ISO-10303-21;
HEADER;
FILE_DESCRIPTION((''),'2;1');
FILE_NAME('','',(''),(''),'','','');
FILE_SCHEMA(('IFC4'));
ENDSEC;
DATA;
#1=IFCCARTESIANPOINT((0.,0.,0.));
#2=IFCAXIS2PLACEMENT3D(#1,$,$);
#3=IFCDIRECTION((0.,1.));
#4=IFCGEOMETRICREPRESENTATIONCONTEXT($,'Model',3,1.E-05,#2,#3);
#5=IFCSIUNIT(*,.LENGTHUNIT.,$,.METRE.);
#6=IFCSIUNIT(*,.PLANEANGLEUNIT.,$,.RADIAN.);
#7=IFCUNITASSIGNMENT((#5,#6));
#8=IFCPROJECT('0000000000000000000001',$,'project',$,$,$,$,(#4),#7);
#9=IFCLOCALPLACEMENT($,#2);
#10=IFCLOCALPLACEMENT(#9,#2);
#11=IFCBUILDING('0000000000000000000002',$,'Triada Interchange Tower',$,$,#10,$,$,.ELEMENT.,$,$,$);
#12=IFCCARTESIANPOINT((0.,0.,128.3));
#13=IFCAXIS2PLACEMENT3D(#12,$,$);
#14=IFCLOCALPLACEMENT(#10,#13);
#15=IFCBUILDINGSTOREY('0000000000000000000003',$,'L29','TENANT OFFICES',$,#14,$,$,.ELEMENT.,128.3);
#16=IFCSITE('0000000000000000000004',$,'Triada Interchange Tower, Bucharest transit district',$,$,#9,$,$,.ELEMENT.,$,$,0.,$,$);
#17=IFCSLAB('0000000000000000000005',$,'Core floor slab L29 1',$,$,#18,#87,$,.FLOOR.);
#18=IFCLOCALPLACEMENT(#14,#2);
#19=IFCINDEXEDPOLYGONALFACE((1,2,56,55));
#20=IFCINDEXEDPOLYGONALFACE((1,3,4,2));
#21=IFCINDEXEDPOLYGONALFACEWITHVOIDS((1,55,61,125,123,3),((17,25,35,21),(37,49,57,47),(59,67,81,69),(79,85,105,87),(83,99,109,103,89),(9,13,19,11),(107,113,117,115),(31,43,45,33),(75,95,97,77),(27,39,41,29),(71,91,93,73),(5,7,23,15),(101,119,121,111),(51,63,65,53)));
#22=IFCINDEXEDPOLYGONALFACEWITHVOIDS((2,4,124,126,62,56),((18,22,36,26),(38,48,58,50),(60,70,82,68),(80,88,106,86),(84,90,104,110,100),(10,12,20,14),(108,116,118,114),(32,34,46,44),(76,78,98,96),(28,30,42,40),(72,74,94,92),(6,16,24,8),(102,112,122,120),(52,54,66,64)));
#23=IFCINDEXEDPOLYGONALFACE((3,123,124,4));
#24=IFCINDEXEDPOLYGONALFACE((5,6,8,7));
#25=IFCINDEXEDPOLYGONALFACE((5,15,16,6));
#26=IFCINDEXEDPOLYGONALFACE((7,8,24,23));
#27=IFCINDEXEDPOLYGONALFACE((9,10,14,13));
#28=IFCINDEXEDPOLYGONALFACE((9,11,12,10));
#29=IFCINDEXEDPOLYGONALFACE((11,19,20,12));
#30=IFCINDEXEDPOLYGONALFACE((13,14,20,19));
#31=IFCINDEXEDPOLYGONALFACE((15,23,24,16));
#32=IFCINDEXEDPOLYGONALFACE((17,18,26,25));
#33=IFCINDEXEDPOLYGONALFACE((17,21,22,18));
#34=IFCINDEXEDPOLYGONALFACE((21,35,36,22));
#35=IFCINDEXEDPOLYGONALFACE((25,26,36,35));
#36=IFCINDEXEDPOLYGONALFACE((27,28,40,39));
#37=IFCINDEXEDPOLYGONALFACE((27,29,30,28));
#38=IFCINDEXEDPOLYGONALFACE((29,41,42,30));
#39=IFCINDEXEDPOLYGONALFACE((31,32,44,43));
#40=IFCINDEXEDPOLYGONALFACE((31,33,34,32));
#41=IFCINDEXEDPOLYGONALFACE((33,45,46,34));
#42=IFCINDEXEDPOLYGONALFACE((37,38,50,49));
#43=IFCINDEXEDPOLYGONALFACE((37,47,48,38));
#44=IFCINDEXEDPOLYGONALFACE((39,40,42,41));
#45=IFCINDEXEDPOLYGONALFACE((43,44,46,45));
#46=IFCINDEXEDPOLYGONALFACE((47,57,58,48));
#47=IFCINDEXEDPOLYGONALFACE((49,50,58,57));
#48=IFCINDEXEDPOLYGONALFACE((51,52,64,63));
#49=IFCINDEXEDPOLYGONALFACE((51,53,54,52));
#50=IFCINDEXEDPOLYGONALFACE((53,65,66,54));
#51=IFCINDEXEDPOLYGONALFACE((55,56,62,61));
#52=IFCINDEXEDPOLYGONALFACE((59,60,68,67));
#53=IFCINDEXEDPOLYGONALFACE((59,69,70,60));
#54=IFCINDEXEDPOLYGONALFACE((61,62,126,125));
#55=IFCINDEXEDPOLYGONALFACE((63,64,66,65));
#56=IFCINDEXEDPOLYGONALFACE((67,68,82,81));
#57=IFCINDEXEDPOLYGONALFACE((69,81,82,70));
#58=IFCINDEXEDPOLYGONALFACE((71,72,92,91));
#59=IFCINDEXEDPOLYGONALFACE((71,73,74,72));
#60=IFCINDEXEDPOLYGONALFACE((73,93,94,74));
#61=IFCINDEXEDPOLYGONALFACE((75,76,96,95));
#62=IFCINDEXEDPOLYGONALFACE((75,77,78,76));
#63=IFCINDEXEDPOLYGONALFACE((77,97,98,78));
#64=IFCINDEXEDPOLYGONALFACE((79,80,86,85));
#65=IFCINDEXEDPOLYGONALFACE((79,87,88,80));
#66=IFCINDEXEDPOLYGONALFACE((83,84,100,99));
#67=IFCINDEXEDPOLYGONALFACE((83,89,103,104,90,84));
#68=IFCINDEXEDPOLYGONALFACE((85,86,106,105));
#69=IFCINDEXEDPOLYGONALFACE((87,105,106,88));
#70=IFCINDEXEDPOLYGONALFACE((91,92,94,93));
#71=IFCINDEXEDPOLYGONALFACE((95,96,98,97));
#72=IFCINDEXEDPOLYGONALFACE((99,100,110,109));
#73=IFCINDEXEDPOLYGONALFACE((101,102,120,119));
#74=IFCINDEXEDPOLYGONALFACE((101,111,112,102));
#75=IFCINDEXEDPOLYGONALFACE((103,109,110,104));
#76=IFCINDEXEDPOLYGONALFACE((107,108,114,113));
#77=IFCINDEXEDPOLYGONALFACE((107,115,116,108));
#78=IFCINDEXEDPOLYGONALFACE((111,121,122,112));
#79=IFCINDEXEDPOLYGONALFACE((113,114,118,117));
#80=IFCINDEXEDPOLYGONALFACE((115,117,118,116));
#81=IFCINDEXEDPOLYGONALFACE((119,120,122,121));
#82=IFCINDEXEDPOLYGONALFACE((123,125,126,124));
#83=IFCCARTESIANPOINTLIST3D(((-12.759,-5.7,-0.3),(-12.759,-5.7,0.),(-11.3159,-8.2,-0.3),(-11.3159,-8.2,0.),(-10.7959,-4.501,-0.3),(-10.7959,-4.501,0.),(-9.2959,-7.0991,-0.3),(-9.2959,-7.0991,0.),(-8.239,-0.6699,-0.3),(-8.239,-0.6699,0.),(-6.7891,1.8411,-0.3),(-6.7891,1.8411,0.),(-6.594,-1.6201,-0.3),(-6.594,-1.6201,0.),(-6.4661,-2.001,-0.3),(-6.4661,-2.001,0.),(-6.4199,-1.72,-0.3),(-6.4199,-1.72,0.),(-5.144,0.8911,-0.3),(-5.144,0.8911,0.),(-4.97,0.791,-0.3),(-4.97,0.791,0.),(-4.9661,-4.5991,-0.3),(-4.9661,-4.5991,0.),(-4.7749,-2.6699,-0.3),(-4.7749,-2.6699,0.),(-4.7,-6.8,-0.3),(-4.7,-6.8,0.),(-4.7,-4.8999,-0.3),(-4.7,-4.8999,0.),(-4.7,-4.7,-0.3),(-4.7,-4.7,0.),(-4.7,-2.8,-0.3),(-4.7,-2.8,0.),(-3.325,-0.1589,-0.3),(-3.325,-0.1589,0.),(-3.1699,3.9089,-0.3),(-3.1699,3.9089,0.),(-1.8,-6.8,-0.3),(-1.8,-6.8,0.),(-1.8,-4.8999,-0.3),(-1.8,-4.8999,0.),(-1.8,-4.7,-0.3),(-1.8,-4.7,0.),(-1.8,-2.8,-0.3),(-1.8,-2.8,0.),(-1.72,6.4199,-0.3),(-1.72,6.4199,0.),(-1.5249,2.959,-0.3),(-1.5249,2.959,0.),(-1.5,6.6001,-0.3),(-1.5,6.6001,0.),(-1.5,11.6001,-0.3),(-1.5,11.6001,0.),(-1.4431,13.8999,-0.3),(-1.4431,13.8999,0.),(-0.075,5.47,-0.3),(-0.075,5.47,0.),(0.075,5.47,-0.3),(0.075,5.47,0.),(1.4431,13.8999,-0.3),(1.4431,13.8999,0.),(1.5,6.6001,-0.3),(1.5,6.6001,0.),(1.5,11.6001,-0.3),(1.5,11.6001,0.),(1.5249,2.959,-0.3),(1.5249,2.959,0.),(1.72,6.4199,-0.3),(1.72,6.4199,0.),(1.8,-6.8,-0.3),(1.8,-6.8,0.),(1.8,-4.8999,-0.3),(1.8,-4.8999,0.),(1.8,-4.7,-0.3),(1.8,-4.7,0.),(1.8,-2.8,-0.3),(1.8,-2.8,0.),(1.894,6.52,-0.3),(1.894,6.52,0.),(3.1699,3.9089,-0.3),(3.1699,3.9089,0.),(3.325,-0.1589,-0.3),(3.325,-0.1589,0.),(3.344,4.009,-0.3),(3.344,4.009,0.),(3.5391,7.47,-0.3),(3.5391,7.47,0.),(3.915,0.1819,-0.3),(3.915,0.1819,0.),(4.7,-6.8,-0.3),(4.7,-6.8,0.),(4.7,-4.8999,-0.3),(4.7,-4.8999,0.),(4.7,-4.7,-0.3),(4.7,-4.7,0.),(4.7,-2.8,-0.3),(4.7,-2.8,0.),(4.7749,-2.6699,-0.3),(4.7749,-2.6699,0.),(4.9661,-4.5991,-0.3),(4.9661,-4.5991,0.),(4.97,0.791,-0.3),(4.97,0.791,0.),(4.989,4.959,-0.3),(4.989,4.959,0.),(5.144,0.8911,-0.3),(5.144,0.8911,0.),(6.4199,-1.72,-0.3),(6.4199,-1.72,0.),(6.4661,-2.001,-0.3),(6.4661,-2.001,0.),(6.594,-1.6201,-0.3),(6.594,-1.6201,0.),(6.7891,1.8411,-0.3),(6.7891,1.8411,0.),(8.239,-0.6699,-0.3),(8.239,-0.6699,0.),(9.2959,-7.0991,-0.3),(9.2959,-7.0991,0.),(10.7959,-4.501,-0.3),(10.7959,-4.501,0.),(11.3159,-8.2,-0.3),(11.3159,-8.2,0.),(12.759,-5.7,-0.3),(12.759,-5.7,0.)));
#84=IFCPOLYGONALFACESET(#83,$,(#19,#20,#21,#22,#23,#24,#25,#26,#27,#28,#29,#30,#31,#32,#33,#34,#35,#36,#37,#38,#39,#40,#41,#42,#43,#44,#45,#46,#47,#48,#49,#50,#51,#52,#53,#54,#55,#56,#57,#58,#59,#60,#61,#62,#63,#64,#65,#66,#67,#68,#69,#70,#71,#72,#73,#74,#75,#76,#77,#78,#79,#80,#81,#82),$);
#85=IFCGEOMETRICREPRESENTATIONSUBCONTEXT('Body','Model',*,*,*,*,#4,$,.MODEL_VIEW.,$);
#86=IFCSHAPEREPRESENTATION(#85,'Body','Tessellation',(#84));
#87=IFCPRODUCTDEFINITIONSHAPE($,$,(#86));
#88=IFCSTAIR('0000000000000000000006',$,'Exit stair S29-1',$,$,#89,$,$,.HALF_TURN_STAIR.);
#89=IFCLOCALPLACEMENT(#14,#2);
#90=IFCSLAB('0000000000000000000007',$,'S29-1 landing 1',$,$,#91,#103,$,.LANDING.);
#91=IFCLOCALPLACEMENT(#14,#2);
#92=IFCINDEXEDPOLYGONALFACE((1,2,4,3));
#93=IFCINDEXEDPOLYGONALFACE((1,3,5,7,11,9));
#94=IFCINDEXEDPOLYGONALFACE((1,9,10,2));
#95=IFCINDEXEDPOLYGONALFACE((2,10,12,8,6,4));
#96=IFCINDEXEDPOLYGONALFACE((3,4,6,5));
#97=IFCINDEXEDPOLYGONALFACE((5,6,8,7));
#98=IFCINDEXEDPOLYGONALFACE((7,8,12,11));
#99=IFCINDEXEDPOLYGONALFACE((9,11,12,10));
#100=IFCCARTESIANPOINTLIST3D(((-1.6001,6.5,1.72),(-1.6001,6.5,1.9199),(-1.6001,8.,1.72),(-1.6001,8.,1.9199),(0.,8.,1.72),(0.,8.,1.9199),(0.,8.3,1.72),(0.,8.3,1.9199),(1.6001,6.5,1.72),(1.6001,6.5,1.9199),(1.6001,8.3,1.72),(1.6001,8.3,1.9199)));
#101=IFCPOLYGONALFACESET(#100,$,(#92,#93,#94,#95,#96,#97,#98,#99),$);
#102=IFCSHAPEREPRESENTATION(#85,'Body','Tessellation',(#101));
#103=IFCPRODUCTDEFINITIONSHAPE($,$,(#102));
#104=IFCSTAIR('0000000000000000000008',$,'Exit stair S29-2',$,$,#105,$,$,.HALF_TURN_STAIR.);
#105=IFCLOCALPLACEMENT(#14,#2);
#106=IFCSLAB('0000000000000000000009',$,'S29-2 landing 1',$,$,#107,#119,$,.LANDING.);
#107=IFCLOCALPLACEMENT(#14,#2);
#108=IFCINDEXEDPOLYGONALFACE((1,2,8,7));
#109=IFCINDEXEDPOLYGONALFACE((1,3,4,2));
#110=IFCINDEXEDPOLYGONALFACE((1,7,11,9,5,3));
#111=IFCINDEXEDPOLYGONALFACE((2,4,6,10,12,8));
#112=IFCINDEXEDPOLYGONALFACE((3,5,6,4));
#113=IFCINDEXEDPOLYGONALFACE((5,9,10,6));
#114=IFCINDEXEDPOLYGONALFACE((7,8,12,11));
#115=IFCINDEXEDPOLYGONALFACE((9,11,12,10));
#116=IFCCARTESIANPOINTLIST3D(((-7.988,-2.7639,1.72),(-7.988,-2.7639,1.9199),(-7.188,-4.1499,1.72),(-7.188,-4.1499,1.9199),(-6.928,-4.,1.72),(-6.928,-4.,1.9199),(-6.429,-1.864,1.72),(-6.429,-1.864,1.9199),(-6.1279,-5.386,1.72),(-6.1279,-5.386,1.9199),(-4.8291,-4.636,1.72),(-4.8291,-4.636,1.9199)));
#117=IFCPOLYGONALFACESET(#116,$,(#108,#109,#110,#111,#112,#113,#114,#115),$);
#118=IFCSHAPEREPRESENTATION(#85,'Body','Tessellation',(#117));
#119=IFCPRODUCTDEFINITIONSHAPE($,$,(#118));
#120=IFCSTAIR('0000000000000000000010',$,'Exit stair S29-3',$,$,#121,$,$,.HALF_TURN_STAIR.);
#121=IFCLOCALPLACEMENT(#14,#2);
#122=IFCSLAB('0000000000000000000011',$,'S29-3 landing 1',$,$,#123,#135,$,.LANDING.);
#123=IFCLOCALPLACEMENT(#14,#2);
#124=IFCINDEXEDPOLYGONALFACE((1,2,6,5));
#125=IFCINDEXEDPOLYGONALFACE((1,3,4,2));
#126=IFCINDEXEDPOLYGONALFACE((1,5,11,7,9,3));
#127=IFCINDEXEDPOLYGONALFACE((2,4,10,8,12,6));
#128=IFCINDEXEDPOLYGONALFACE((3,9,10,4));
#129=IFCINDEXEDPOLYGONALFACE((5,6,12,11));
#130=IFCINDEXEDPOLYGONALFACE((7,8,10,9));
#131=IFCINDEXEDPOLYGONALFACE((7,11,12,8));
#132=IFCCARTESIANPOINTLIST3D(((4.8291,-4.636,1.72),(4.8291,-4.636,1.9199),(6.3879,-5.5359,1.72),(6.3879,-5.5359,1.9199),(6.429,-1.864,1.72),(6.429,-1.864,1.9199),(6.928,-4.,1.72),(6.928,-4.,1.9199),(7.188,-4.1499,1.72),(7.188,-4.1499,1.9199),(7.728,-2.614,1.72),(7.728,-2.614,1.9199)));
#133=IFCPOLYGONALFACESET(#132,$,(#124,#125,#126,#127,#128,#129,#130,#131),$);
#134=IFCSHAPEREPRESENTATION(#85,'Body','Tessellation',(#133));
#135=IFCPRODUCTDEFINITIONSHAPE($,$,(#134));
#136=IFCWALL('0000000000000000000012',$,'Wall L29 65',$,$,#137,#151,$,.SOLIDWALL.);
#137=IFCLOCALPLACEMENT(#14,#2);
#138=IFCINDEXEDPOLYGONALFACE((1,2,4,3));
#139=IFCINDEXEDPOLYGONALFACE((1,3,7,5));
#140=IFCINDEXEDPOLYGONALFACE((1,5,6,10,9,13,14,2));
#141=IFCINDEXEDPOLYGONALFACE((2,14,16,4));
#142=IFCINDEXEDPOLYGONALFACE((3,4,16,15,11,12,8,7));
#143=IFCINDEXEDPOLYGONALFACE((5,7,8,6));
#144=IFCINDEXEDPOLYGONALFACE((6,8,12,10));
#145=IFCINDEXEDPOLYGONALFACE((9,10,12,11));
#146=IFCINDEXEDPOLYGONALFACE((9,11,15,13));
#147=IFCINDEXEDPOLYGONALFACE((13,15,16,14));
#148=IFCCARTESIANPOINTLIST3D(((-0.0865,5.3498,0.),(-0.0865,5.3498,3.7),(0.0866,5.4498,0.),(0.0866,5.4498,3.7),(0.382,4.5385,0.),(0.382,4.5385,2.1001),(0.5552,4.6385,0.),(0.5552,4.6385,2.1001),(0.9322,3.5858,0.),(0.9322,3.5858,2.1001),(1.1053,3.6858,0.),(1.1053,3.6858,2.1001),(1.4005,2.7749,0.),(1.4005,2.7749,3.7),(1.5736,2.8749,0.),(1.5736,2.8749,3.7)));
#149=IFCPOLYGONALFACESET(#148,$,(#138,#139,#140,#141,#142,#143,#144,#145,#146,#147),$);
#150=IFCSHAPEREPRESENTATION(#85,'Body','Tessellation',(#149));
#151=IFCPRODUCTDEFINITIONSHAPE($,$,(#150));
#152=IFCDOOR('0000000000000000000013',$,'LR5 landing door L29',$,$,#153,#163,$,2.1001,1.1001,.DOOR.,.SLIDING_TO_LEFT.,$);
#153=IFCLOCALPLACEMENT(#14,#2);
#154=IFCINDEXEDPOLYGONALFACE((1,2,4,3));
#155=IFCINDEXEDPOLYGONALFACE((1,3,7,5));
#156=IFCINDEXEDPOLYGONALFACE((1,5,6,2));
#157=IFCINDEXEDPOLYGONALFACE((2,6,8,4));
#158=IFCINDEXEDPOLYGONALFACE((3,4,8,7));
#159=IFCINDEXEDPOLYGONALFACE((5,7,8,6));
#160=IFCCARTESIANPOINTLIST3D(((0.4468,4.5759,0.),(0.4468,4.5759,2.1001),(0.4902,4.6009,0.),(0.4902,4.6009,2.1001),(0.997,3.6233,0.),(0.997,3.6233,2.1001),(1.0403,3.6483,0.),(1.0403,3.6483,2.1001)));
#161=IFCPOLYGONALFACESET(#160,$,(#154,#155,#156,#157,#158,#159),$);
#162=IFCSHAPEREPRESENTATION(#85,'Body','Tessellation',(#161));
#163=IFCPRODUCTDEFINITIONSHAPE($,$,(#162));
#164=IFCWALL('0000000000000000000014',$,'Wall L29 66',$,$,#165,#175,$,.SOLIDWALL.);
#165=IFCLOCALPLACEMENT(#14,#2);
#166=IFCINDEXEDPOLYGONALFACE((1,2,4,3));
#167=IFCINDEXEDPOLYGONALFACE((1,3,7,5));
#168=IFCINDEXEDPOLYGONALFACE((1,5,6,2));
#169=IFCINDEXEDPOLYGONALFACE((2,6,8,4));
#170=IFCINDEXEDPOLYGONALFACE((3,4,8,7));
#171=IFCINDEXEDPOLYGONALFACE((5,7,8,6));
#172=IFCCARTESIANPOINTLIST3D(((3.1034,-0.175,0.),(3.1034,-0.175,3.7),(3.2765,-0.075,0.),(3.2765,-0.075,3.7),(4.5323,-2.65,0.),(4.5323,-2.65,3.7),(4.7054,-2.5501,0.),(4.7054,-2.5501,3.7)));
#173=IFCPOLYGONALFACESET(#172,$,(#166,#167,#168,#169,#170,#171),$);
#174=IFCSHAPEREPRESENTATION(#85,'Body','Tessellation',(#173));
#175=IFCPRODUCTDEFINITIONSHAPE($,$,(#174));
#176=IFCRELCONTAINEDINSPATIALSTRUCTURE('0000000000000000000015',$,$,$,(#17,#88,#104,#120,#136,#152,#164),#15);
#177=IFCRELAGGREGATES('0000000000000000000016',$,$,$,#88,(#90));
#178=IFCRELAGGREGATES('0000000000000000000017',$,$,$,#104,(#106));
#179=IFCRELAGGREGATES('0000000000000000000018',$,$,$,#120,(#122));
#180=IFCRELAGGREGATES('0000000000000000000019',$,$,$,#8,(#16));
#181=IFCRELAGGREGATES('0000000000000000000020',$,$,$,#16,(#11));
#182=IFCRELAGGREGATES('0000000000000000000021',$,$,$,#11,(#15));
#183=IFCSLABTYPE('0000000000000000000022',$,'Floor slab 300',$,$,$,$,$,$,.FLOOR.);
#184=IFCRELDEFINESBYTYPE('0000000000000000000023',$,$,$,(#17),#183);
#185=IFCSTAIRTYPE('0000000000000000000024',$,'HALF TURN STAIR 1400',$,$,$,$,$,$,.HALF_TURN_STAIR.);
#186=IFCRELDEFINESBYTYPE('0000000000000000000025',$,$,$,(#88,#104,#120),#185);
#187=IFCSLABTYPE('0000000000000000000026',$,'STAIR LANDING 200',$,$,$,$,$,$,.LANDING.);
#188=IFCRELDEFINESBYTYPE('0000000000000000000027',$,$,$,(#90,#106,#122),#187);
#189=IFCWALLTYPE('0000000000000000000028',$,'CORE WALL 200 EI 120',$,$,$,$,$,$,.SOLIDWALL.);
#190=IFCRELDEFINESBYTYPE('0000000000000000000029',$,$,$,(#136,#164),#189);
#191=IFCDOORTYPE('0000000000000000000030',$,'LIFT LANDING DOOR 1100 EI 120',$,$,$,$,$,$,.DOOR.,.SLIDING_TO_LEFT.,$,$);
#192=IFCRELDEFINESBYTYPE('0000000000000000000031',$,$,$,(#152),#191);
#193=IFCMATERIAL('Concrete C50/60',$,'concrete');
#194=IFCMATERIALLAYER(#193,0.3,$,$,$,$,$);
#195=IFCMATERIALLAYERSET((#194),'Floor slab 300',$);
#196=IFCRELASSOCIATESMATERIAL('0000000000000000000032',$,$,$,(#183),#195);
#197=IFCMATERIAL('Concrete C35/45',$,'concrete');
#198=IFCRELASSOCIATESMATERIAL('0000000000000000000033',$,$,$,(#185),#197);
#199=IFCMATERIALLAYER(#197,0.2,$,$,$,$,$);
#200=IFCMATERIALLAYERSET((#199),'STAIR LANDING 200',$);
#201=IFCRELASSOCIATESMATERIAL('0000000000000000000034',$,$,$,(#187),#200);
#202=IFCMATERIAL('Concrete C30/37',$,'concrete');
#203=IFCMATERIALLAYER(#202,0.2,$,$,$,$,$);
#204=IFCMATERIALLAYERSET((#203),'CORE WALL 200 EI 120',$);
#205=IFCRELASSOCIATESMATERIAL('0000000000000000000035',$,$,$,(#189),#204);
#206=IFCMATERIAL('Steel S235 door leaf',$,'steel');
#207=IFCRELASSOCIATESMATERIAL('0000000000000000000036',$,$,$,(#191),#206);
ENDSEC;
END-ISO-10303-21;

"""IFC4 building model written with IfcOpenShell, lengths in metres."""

from ifc_helpers import new_model, si_unit, direction, frame, frame_2d, origin, place, context, subcontext, project, spatial, polyline, rectangle, outline, extrude, material, layer, layer_set, type_object, element, fill, aggregate, save


model = new_model("IFC4")

# Units and contexts
model_context = context("Model", 3, precision=1e-05, world=origin(), true_north=direction((0.0, 1.0)))
body_context = subcontext(model_context, "Body", "Model", "MODEL_VIEW")
ifc_project = project(units=[si_unit("LENGTHUNIT", "METRE"), si_unit("PLANEANGLEUNIT", "RADIAN")], contexts=[model_context])

# Site, building, storey
site_placement = place(None, origin())
site = spatial("IfcSite", under=ifc_project, at=site_placement, Name="Triada Interchange Tower, Bucharest transit district", CompositionType="ELEMENT", RefElevation=0.0)
building_placement = place(site_placement, origin())
building = spatial("IfcBuilding", under=site, at=building_placement, Name="Triada Interchange Tower", CompositionType="ELEMENT")
storey_placement = place(building_placement, frame((0.0, 0.0, 128.3)))
storey = spatial("IfcBuildingStorey", under=building, at=storey_placement, Name="L29", Description="TENANT OFFICES", CompositionType="ELEMENT", Elevation=128.3)

# Slab
ifc_material_1 = material(Name="Concrete C50/60", Category="concrete")
ifc_layer_1 = layer(ifc_material_1, 0.3)
ifc_layer_set_1 = layer_set([ifc_layer_1], Name="Floor slab 300")
slab_type_1 = type_object("IfcSlabType", Name="Floor slab 300", PredefinedType="FLOOR", material=ifc_layer_set_1)
slab_1_placement = place(storey_placement, frame((0.0, 0.0, -0.3)))
element("IfcSlab", 1, at=slab_1_placement, inside=storey, type_object=slab_type_1, Name="Core floor slab L29 1", PredefinedType="FLOOR", context=body_context, shape_type="SweptSolid", body=[
    extrude(outline(polyline([(12.759, -5.7), (11.3159, -8.2), (-11.3159, -8.2), (-12.759, -5.7), (-1.4431, 13.8999), (1.4431, 13.8999), (12.759, -5.7)]), holes=[polyline([(9.2959, -7.0991), (10.7959, -4.501), (6.4661, -2.001), (4.9661, -4.5991), (9.2959, -7.0991)]), polyline([(6.7891, 1.8411), (5.144, 0.8911), (6.594, -1.6201), (8.239, -0.6699), (6.7891, 1.8411)]), polyline([(4.7749, -2.6699), (6.4199, -1.72), (4.97, 0.791), (3.915, 0.1819), (3.325, -0.1589), (4.7749, -2.6699)]), polyline([(1.894, 6.52), (3.344, 4.009), (4.989, 4.959), (3.5391, 7.47), (1.894, 6.52)]), polyline([(4.7, -6.8), (4.7, -4.8999), (1.8, -4.8999), (1.8, -6.8), (4.7, -6.8)]), polyline([(4.7, -2.8), (1.8, -2.8), (1.8, -4.7), (4.7, -4.7), (4.7, -2.8)]), polyline([(0.075, 5.47), (1.5249, 2.959), (3.1699, 3.9089), (1.72, 6.4199), (0.075, 5.47)]), polyline([(1.5, 11.6001), (-1.5, 11.6001), (-1.5, 6.6001), (1.5, 6.6001), (1.5, 11.6001)]), polyline([(-1.5249, 2.959), (-0.075, 5.47), (-1.72, 6.4199), (-3.1699, 3.9089), (-1.5249, 2.959)]), polyline([(-1.8, -2.8), (-4.7, -2.8), (-4.7, -4.7), (-1.8, -4.7), (-1.8, -2.8)]), polyline([(-4.7, -6.8), (-1.8, -6.8), (-1.8, -4.8999), (-4.7, -4.8999), (-4.7, -6.8)]), polyline([(-4.7749, -2.6699), (-3.325, -0.1589), (-4.97, 0.791), (-6.4199, -1.72), (-4.7749, -2.6699)]), polyline([(-10.7959, -4.501), (-9.2959, -7.0991), (-4.9661, -4.5991), (-6.4661, -2.001), (-10.7959, -4.501)]), polyline([(-6.594, -1.6201), (-5.144, 0.8911), (-6.7891, 1.8411), (-8.239, -0.6699), (-6.594, -1.6201)])]), origin(), (0.0, 0.0, 1.0), 0.3),
])

# Stairs, slabs
ifc_material_2 = material(Name="Concrete C35/45", Category="concrete")
stair_type = type_object("IfcStairType", Name="HALF TURN STAIR 1400", PredefinedType="HALF_TURN_STAIR", material=ifc_material_2)
stair_1_placement = place(storey_placement, origin())
stair_1 = element("IfcStair", 2, at=stair_1_placement, inside=storey, type_object=stair_type, Name="Exit stair S29-1", PredefinedType="HALF_TURN_STAIR")
ifc_layer_2 = layer(ifc_material_2, 0.2)
ifc_layer_set_2 = layer_set([ifc_layer_2], Name="STAIR LANDING 200")
slab_type_2 = type_object("IfcSlabType", Name="STAIR LANDING 200", PredefinedType="LANDING", material=ifc_layer_set_2)
slab_2_placement = place(storey_placement, frame((0.0, 0.0, 1.72)))
slab_2 = element("IfcSlab", 3, at=slab_2_placement, type_object=slab_type_2, Name="S29-1 landing 1", PredefinedType="LANDING", context=body_context, shape_type="SweptSolid", body=[
    extrude(outline(polyline([(1.6001, 6.5), (1.6001, 8.3), (0.0, 8.3), (0.0, 8.0), (-1.6001, 8.0), (-1.6001, 6.5), (1.6001, 6.5)])), origin(), (0.0, 0.0, 1.0), 0.2),
])
aggregate(stair_1, [slab_2])
stair_2_placement = place(storey_placement, origin())
stair_2 = element("IfcStair", 4, at=stair_2_placement, inside=storey, type_object=stair_type, Name="Exit stair S29-2", PredefinedType="HALF_TURN_STAIR")
slab_3_placement = place(storey_placement, frame((0.0, 0.0, 1.72)))
slab_3 = element("IfcSlab", 5, at=slab_3_placement, type_object=slab_type_2, Name="S29-2 landing 1", PredefinedType="LANDING", context=body_context, shape_type="SweptSolid", body=[
    extrude(outline(polyline([(-6.429, -1.864), (-7.988, -2.7639), (-7.188, -4.1499), (-6.928, -4.0), (-6.1279, -5.386), (-4.8291, -4.636), (-6.429, -1.864)])), origin(), (0.0, 0.0, 1.0), 0.2),
])
aggregate(stair_2, [slab_3])
stair_3_placement = place(storey_placement, origin())
stair_3 = element("IfcStair", 6, at=stair_3_placement, inside=storey, type_object=stair_type, Name="Exit stair S29-3", PredefinedType="HALF_TURN_STAIR")
slab_4_placement = place(storey_placement, frame((0.0, 0.0, 1.72)))
slab_4 = element("IfcSlab", 7, at=slab_4_placement, type_object=slab_type_2, Name="S29-3 landing 1", PredefinedType="LANDING", context=body_context, shape_type="SweptSolid", body=[
    extrude(outline(polyline([(4.8291, -4.636), (6.3879, -5.5359), (7.188, -4.1499), (6.928, -4.0), (7.728, -2.614), (6.429, -1.864), (4.8291, -4.636)])), origin(), (0.0, 0.0, 1.0), 0.2),
])
aggregate(stair_3, [slab_4])

# Wall, opening, door
ifc_material_3 = material(Name="Concrete C30/37", Category="concrete")
ifc_layer_3 = layer(ifc_material_3, 0.2)
ifc_layer_set_3 = layer_set([ifc_layer_3], Name="CORE WALL 200 EI 120")
wall_type_1 = type_object("IfcWallType", Name="CORE WALL 200 EI 120", PredefinedType="SOLIDWALL", material=ifc_layer_set_3)
wall_1_placement = place(storey_placement, frame((0.0, 5.3999, 0.0), z_axis=(0.0, 0.0, 1.0), x_axis=(0.500104, -0.865965, 0.0)))
wall_1 = element("IfcWall", 8, at=wall_1_placement, inside=storey, type_object=wall_type_1, Name="Wall L29 65", PredefinedType="SOLIDWALL", context=body_context, shape_type="SweptSolid", body=[
    extrude(rectangle(XDim=2.9734, YDim=0.2, at=frame_2d((1.4868, 0.0))), origin(), (0.0, 0.0, 1.0), 3.7),
])
opening_1_placement = place(wall_1_placement, frame((0.937, 0.0, 0.0)))
opening_1 = element("IfcOpeningElement", 9, at=opening_1_placement, cuts=wall_1, PredefinedType="OPENING", context=body_context, shape_type="SweptSolid", body=[
    extrude(rectangle(XDim=1.1001, YDim=2.1001, at=frame_2d((0.55, 1.05))), frame((0.0, 0.1099, 0.0), z_axis=(0.0, -1.0, 0.0), x_axis=(1.0, 0.0, 0.0)), (0.0, 0.0, 1.0), 0.22),
])
ifc_material_4 = material(Name="Steel S235 door leaf", Category="steel")
door_type = type_object("IfcDoorType", Name="LIFT LANDING DOOR 1100 EI 120", OperationType="SLIDING_TO_LEFT", PredefinedType="DOOR", material=ifc_material_4)
door_1_placement = place(opening_1_placement, origin())
door_1 = element("IfcDoor", 10, at=door_1_placement, inside=storey, type_object=door_type, Name="LR5 landing door L29", OperationType="SLIDING_TO_LEFT", OverallHeight=2.1001, OverallWidth=1.1001, PredefinedType="DOOR", context=body_context, shape_type="SweptSolid", body=[
    extrude(rectangle(XDim=1.1001, YDim=2.1001, at=frame_2d((0.55, 1.05))), frame((0.0, 0.0249, 0.0), z_axis=(0.0, -1.0, 0.0), x_axis=(1.0, 0.0, 0.0)), (0.0, 0.0, 1.0), 0.05),
])
fill(opening_1, door_1)

# Wall
wall_2_placement = place(storey_placement, frame((3.1899, -0.125, 0.0), z_axis=(0.0, 0.0, 1.0), x_axis=(0.499989, -0.866032, 0.0)))
element("IfcWall", 11, at=wall_2_placement, inside=storey, type_object=wall_type_1, Name="Wall L29 66", PredefinedType="SOLIDWALL", context=body_context, shape_type="SweptSolid", body=[
    extrude(rectangle(XDim=2.8579, YDim=0.2, at=frame_2d((1.429, 0.0))), origin(), (0.0, 0.0, 1.0), 3.7),
])

save(model, "model.ifc")
